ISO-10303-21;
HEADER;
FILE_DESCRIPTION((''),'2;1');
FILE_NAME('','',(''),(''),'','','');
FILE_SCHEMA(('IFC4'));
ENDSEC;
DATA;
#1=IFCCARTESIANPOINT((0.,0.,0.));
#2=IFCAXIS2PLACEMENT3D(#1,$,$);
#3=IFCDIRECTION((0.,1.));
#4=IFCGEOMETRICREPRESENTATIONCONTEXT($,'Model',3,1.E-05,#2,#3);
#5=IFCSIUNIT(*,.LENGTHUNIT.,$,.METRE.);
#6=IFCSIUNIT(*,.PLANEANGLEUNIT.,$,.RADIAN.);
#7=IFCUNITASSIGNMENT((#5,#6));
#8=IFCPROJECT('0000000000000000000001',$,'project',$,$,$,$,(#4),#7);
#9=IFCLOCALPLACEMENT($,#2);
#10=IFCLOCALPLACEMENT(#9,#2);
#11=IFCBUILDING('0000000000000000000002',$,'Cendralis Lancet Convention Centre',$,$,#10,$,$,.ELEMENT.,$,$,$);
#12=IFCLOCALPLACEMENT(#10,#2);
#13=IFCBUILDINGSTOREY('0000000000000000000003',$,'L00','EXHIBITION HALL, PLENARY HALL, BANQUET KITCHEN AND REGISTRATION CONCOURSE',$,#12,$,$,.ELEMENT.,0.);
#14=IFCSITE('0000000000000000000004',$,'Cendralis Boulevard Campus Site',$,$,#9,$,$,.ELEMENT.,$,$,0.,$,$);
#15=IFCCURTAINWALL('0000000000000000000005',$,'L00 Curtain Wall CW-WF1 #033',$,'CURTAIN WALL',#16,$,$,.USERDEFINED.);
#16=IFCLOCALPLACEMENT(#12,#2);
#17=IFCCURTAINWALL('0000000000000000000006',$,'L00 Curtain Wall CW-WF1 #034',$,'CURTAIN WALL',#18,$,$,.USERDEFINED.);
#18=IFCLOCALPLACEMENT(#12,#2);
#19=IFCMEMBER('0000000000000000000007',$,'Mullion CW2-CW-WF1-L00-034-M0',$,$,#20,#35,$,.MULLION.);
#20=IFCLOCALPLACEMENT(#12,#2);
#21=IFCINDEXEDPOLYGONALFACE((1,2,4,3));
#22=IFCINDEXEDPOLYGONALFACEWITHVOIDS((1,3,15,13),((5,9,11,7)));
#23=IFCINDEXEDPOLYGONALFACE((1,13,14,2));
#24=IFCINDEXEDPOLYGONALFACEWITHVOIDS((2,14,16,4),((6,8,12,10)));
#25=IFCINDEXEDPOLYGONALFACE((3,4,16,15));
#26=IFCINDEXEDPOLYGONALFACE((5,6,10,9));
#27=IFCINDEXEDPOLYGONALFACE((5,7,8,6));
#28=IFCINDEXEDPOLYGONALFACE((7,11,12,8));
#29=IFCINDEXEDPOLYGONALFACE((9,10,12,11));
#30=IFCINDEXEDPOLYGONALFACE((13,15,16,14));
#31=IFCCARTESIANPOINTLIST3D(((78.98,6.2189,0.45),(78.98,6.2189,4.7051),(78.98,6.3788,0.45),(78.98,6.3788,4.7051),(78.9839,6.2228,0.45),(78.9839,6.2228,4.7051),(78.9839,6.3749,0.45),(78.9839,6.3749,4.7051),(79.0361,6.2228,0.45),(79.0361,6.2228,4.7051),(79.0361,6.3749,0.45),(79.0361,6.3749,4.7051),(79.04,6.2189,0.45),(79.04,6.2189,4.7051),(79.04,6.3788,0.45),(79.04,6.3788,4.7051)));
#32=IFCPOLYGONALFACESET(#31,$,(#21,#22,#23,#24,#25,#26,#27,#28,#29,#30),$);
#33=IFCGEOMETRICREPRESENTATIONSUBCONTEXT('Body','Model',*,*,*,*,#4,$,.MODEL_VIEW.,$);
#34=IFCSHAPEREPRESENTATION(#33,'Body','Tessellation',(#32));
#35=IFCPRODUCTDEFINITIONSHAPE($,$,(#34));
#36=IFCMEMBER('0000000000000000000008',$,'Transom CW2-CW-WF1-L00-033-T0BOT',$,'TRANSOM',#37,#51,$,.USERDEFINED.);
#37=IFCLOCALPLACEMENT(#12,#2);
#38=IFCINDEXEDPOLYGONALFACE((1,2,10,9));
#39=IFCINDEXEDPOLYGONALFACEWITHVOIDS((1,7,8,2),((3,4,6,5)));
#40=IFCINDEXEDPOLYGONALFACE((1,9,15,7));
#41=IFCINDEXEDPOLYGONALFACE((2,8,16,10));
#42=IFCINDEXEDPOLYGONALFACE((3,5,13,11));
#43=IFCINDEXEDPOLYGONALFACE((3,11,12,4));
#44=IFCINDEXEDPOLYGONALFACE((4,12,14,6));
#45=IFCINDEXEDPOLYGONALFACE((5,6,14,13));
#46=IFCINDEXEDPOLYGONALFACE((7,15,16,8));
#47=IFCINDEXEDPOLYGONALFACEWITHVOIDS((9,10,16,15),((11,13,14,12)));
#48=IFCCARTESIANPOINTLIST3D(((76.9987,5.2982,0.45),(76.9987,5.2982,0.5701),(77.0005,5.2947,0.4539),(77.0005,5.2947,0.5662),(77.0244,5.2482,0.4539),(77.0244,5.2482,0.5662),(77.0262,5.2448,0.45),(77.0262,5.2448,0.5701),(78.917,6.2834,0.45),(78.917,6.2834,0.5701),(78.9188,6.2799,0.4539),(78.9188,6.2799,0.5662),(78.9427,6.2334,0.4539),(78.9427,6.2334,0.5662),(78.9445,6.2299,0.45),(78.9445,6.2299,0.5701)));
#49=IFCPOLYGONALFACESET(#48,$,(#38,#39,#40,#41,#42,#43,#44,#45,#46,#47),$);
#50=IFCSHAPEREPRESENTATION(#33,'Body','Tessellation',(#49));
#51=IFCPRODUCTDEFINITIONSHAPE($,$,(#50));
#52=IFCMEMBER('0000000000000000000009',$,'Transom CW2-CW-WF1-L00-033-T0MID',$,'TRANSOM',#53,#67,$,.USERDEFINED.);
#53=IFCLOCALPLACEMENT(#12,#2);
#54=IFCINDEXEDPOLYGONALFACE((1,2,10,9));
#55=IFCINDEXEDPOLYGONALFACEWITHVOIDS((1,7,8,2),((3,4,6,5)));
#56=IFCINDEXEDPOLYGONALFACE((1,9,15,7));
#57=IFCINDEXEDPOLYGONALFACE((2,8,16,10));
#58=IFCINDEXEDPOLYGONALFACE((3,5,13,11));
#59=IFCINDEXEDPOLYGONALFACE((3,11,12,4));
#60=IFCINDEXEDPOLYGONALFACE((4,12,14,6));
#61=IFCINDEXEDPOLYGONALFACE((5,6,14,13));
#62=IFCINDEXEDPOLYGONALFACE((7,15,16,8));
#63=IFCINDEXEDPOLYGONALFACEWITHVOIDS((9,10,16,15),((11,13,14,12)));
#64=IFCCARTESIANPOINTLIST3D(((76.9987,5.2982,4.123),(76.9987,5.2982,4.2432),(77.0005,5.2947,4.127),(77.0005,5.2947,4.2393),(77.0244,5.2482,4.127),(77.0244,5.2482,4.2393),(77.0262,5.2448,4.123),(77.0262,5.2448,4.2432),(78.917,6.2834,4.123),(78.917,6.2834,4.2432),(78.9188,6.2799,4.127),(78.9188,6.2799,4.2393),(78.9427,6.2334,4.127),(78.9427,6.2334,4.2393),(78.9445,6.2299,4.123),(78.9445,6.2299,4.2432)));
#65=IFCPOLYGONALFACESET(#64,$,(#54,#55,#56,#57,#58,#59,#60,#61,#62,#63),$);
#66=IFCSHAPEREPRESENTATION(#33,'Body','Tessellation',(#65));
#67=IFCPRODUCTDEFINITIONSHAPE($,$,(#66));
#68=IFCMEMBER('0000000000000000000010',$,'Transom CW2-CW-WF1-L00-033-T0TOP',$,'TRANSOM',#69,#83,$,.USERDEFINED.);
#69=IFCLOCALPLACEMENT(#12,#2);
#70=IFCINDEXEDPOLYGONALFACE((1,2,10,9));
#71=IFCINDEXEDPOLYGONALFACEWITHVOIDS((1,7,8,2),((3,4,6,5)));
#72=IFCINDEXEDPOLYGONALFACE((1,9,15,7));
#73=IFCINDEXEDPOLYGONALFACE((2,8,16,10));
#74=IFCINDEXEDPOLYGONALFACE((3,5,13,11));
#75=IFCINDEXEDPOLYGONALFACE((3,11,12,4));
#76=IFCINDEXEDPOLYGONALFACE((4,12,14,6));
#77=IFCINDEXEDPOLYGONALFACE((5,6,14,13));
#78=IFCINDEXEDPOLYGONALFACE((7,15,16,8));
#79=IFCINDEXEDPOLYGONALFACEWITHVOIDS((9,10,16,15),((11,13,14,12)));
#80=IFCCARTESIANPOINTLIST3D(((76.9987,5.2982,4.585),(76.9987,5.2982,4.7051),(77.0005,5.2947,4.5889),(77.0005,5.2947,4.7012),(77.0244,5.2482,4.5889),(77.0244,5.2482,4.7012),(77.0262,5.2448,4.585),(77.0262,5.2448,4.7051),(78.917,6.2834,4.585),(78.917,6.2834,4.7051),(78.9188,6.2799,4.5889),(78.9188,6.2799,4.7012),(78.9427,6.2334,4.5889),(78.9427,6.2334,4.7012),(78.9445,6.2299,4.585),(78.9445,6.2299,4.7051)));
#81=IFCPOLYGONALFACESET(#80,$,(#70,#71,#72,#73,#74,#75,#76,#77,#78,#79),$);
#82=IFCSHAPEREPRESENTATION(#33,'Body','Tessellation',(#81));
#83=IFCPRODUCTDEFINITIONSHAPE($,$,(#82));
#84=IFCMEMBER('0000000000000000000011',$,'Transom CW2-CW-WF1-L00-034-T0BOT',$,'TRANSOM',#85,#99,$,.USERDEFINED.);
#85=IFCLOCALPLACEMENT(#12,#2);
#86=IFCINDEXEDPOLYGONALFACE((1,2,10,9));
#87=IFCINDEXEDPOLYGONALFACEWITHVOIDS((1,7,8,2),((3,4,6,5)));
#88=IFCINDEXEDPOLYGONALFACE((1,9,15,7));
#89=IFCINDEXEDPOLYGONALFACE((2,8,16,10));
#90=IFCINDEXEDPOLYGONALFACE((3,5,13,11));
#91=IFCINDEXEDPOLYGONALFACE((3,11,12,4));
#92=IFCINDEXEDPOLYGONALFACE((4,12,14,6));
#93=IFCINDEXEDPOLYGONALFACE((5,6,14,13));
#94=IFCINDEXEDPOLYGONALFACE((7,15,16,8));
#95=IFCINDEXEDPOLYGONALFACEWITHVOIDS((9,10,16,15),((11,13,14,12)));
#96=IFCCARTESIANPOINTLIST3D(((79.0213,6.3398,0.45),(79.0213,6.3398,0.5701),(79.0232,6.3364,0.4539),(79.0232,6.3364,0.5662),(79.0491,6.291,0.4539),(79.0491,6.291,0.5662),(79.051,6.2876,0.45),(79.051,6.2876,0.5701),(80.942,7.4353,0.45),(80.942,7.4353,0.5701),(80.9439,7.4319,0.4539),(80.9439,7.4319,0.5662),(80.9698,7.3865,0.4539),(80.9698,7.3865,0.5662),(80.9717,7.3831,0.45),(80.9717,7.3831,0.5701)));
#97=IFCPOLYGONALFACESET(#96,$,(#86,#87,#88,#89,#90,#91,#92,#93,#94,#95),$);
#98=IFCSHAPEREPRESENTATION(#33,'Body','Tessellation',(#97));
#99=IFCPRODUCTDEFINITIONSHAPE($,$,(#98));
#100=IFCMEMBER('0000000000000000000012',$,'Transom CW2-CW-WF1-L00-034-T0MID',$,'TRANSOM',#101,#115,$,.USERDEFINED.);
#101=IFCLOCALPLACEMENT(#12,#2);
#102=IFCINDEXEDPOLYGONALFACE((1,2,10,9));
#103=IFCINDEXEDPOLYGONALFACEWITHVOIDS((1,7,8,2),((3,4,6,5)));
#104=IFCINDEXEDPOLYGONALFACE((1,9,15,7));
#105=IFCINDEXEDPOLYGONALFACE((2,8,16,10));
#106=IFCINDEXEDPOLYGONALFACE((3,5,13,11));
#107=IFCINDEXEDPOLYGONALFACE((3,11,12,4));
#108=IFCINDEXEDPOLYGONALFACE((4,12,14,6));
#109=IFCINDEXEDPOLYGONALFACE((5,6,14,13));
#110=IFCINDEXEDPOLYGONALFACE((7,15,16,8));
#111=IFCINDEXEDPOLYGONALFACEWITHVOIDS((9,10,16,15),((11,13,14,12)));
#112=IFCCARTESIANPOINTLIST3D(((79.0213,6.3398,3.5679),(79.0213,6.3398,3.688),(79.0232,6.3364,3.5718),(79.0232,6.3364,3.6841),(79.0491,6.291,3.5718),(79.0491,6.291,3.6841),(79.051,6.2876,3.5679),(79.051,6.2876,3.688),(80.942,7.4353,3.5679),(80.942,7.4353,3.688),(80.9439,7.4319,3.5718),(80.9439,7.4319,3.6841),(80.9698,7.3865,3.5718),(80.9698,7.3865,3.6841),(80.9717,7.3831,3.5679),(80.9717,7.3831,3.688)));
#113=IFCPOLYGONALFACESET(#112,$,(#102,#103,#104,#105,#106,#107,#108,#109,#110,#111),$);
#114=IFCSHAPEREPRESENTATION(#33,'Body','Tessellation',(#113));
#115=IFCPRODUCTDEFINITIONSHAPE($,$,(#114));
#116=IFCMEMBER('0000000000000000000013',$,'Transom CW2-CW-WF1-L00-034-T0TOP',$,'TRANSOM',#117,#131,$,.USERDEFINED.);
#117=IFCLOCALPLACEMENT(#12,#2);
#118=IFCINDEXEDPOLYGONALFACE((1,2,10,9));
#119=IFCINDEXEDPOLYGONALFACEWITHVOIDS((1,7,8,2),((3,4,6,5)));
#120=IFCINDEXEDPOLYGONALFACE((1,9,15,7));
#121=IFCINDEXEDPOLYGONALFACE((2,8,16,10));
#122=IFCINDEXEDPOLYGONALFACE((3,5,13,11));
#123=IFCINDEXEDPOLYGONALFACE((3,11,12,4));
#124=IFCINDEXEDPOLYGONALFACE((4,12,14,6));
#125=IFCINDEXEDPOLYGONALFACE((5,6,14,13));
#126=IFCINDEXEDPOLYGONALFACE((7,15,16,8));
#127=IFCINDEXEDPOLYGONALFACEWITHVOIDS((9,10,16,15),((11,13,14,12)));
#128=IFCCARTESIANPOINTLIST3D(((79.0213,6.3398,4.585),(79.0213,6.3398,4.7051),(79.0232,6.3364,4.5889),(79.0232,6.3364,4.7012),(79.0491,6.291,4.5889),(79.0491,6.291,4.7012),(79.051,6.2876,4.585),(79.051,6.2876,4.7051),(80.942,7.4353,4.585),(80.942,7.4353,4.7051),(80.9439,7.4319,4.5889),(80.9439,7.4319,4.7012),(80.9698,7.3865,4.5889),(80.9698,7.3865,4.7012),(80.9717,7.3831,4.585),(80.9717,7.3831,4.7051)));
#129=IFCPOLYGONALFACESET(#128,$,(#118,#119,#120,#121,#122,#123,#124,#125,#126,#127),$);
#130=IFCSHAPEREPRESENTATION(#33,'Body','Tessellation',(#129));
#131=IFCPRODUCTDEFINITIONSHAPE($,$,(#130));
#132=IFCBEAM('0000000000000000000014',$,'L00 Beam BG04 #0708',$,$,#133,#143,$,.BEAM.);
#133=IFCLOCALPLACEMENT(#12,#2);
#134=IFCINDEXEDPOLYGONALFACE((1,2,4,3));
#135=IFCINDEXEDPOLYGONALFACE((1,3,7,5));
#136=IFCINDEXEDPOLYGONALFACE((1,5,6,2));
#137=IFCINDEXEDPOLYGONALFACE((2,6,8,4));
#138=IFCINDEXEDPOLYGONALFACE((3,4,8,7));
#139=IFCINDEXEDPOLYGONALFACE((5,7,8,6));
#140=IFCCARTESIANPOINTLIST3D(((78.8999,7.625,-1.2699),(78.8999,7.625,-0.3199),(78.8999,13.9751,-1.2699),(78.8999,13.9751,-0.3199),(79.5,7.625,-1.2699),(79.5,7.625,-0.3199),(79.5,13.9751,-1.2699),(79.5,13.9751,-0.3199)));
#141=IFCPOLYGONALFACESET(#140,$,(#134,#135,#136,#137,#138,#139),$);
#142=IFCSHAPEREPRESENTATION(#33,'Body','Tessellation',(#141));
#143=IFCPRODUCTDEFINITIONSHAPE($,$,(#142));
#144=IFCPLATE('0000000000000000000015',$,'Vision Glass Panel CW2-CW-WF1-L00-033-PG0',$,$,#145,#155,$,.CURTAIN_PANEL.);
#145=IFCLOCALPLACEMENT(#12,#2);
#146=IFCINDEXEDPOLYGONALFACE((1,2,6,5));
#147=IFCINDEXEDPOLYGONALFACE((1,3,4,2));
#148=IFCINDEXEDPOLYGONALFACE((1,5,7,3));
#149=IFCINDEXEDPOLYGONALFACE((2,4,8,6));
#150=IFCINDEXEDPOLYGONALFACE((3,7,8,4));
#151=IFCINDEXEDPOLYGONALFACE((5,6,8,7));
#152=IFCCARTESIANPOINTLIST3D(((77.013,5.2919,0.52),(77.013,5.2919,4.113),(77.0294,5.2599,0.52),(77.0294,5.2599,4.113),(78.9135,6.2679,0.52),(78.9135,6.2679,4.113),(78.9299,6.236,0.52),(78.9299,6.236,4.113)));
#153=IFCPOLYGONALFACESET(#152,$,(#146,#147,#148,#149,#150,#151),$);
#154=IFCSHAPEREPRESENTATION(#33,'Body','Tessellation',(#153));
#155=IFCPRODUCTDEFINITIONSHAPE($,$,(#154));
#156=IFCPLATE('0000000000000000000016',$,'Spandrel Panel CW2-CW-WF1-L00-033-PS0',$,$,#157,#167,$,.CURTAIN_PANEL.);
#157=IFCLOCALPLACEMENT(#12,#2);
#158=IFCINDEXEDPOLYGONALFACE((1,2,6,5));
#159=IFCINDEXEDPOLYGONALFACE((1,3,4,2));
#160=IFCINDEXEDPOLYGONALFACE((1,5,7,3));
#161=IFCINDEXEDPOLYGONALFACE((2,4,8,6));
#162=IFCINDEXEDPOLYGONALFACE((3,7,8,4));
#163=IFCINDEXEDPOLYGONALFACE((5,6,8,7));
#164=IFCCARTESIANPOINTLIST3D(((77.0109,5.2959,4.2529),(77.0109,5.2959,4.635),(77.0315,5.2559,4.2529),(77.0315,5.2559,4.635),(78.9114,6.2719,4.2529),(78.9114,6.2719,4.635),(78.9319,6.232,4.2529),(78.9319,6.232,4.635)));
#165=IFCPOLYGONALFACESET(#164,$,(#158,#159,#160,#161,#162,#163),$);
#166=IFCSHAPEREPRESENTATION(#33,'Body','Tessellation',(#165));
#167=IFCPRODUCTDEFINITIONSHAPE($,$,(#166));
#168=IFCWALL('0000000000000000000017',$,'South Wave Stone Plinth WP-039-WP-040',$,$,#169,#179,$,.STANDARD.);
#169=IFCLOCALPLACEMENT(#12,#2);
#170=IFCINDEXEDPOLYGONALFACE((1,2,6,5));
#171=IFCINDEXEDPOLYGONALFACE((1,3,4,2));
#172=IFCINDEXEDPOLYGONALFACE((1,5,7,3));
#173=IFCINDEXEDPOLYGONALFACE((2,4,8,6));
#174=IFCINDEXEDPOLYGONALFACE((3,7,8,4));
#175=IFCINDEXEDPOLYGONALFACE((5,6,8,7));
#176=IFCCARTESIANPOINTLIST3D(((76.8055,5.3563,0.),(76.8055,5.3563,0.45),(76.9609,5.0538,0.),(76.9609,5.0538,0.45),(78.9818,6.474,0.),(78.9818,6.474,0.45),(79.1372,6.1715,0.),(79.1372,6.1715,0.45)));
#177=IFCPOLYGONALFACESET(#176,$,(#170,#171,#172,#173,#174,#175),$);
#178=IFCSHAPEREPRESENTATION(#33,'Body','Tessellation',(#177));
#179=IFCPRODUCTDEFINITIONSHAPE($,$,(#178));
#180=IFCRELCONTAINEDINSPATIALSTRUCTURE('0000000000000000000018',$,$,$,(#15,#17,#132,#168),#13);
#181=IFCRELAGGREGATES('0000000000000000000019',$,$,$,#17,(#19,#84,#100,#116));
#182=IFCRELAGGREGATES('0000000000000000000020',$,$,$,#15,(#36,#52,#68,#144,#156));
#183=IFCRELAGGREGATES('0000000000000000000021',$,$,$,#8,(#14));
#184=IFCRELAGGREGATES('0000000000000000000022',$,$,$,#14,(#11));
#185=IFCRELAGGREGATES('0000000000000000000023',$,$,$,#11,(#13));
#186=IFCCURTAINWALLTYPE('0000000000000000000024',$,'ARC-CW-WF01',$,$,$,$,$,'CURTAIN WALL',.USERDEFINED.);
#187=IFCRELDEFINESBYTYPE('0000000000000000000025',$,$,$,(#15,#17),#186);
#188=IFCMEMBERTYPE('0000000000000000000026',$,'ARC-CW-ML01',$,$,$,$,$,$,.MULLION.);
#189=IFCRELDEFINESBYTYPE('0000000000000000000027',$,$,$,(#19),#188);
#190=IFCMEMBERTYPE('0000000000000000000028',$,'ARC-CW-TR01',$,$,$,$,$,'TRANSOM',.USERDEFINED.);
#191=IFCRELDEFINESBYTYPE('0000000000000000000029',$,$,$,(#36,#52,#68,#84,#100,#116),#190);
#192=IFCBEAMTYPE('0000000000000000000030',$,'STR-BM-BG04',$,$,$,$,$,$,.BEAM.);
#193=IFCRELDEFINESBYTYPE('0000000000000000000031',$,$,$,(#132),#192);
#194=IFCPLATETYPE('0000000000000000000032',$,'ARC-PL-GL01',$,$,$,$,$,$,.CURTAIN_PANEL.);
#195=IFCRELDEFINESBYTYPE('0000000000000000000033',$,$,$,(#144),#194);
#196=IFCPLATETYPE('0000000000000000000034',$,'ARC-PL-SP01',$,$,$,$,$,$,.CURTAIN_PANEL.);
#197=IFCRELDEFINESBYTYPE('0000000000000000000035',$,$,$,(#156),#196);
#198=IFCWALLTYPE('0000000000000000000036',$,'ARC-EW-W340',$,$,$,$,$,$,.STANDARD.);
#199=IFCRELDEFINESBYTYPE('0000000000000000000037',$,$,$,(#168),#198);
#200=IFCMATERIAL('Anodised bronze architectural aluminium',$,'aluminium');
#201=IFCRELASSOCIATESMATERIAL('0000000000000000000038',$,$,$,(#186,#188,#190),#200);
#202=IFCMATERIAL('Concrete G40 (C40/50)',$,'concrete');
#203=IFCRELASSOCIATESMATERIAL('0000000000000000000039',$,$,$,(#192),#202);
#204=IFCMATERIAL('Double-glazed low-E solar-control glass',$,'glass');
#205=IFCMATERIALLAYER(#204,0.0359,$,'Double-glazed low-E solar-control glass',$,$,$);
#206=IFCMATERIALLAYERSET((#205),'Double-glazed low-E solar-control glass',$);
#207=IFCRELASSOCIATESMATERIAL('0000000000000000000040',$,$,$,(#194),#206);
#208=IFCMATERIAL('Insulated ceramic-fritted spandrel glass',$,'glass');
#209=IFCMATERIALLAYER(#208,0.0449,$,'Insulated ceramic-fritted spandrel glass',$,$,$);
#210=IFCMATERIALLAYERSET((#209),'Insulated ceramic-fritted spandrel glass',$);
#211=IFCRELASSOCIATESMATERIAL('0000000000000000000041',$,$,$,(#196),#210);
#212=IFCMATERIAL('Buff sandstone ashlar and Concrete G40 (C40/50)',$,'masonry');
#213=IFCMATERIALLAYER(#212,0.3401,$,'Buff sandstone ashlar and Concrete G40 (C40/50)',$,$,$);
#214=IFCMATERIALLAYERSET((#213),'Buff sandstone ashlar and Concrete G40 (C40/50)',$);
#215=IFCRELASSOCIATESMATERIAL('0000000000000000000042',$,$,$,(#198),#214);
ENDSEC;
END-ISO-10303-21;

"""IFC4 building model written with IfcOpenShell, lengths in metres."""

from ifc_helpers import new_model, si_unit, direction, frame, frame_2d, origin, origin_2d, place, context, subcontext, project, spatial, rectangle, hollow_rectangle, extrude, material, layer, layer_set, material_profile, profile_set, type_object, element, aggregate, save


model = new_model("IFC4")

# Units and contexts
model_context = context("Model", 3, precision=1e-05, world=origin(), true_north=direction((0.0, 1.0)))
body_context = subcontext(model_context, "Body", "Model", "MODEL_VIEW")
ifc_project = project(units=[si_unit("LENGTHUNIT", "METRE"), si_unit("PLANEANGLEUNIT", "RADIAN")], contexts=[model_context])

# Site, building, storey
site_placement = place(None, origin())
site = spatial("IfcSite", under=ifc_project, at=site_placement, Name="Cendralis Boulevard Campus Site", CompositionType="ELEMENT", RefElevation=0.0)
building_placement = place(site_placement, origin())
building = spatial("IfcBuilding", under=site, at=building_placement, Name="Cendralis Lancet Convention Centre", CompositionType="ELEMENT")
storey_placement = place(building_placement, origin())
storey = spatial("IfcBuildingStorey", under=building, at=storey_placement, Name="L00", Description="EXHIBITION HALL, PLENARY HALL, BANQUET KITCHEN AND REGISTRATION CONCOURSE", CompositionType="ELEMENT", Elevation=0.0)

# Shared definitions
ifc_material_1 = material(Name="Concrete G40 (C40/50)", Category="concrete")

# Curtain wall
ifc_material_2 = material(Name="Anodised bronze architectural aluminium", Category="aluminium")
curtain_wall_type = type_object("IfcCurtainWallType", Name="ARC-CW-WF01", ElementType="CURTAIN WALL", PredefinedType="USERDEFINED", material=ifc_material_2)
curtain_wall_1_placement = place(storey_placement, origin())
curtain_wall_1 = element("IfcCurtainWall", 1, at=curtain_wall_1_placement, inside=storey, type_object=curtain_wall_type, Name="L00 Curtain Wall CW-WF1 #033", ObjectType="CURTAIN WALL", PredefinedType="USERDEFINED")
ifc_material_profile_1 = material_profile(ifc_material_2, hollow_rectangle(XDim=0.0601, YDim=0.1599, WallThickness=0.0039, at=origin_2d()), Name="AL-MULL 60x160x4.0")
ifc_profile_set_1 = profile_set([ifc_material_profile_1], Name="Anodised bronze architectural aluminium")
member_type_1 = type_object("IfcMemberType", Name="ARC-CW-ML01", PredefinedType="MULLION", material=ifc_profile_set_1)

# Curtain wall, member
curtain_wall_2_placement = place(storey_placement, origin())
curtain_wall_2 = element("IfcCurtainWall", 2, at=curtain_wall_2_placement, inside=storey, type_object=curtain_wall_type, Name="L00 Curtain Wall CW-WF1 #034", ObjectType="CURTAIN WALL", PredefinedType="USERDEFINED")
member_1_placement = place(storey_placement, frame((79.01, 6.2988, 0.45), z_axis=(0.0, 0.0, 1.0), x_axis=(1.0, 0.0, 0.0)))
member_1 = element("IfcMember", 3, at=member_1_placement, type_object=member_type_1, Name="Mullion CW2-CW-WF1-L00-034-M0", PredefinedType="MULLION", context=body_context, shape_type="SweptSolid", body=[
    extrude(hollow_rectangle(XDim=0.0601, YDim=0.1599, WallThickness=0.0039, at=origin_2d()), origin(), (0.0, 0.0, 1.0), 4.2551),
])

# Members
ifc_material_profile_2 = material_profile(ifc_material_2, hollow_rectangle(XDim=0.0601, YDim=0.1201, WallThickness=0.0039, at=origin_2d()), Name="AL-TRAN 60x120x4.0")
ifc_profile_set_2 = profile_set([ifc_material_profile_2], Name="Anodised bronze architectural aluminium")
member_type_2 = type_object("IfcMemberType", Name="ARC-CW-TR01", ElementType="TRANSOM", PredefinedType="USERDEFINED", material=ifc_profile_set_2)
member_2_placement = place(storey_placement, frame((77.0125, 5.2715, 0.51), z_axis=(0.889552, 0.456834, 0.0), x_axis=(-0.456834, 0.889552, 0.0)))
member_2 = element("IfcMember", 4, at=member_2_placement, type_object=member_type_2, Name="Transom CW2-CW-WF1-L00-033-T0BOT", ObjectType="TRANSOM", PredefinedType="USERDEFINED", context=body_context, shape_type="SweptSolid", body=[
    extrude(hollow_rectangle(XDim=0.0601, YDim=0.1201, WallThickness=0.0039, at=origin_2d()), origin(), (0.0, 0.0, 1.0), 2.1565),
])
member_3_placement = place(storey_placement, frame((77.0125, 5.2715, 4.1831), z_axis=(0.889552, 0.456834, 0.0), x_axis=(-0.456834, 0.889552, 0.0)))
member_3 = element("IfcMember", 5, at=member_3_placement, type_object=member_type_2, Name="Transom CW2-CW-WF1-L00-033-T0MID", ObjectType="TRANSOM", PredefinedType="USERDEFINED", context=body_context, shape_type="SweptSolid", body=[
    extrude(hollow_rectangle(XDim=0.0601, YDim=0.1201, WallThickness=0.0039, at=origin_2d()), origin(), (0.0, 0.0, 1.0), 2.1565),
])
member_4_placement = place(storey_placement, frame((77.0125, 5.2715, 4.645), z_axis=(0.889552, 0.456834, 0.0), x_axis=(-0.456834, 0.889552, 0.0)))
member_4 = element("IfcMember", 6, at=member_4_placement, type_object=member_type_2, Name="Transom CW2-CW-WF1-L00-033-T0TOP", ObjectType="TRANSOM", PredefinedType="USERDEFINED", context=body_context, shape_type="SweptSolid", body=[
    extrude(hollow_rectangle(XDim=0.0601, YDim=0.1201, WallThickness=0.0039, at=origin_2d()), origin(), (0.0, 0.0, 1.0), 2.1565),
])
member_5_placement = place(storey_placement, frame((79.0361, 6.3137, 0.51), z_axis=(0.868644, 0.495437, 0.0), x_axis=(-0.495437, 0.868644, 0.0)))
member_5 = element("IfcMember", 7, at=member_5_placement, type_object=member_type_2, Name="Transom CW2-CW-WF1-L00-034-T0BOT", ObjectType="TRANSOM", PredefinedType="USERDEFINED", context=body_context, shape_type="SweptSolid", body=[
    extrude(hollow_rectangle(XDim=0.0601, YDim=0.1201, WallThickness=0.0039, at=origin_2d()), origin(), (0.0, 0.0, 1.0), 2.2112),
])
member_6_placement = place(storey_placement, frame((79.0361, 6.3137, 3.6279), z_axis=(0.868644, 0.495437, 0.0), x_axis=(-0.495437, 0.868644, 0.0)))
member_6 = element("IfcMember", 8, at=member_6_placement, type_object=member_type_2, Name="Transom CW2-CW-WF1-L00-034-T0MID", ObjectType="TRANSOM", PredefinedType="USERDEFINED", context=body_context, shape_type="SweptSolid", body=[
    extrude(hollow_rectangle(XDim=0.0601, YDim=0.1201, WallThickness=0.0039, at=origin_2d()), origin(), (0.0, 0.0, 1.0), 2.2112),
])
member_7_placement = place(storey_placement, frame((79.0361, 6.3137, 4.645), z_axis=(0.868644, 0.495437, 0.0), x_axis=(-0.495437, 0.868644, 0.0)))
member_7 = element("IfcMember", 9, at=member_7_placement, type_object=member_type_2, Name="Transom CW2-CW-WF1-L00-034-T0TOP", ObjectType="TRANSOM", PredefinedType="USERDEFINED", context=body_context, shape_type="SweptSolid", body=[
    extrude(hollow_rectangle(XDim=0.0601, YDim=0.1201, WallThickness=0.0039, at=origin_2d()), origin(), (0.0, 0.0, 1.0), 2.2112),
])
aggregate(curtain_wall_2, [member_1, member_5, member_6, member_7])

# Beam
ifc_material_profile_3 = material_profile(ifc_material_1, rectangle(XDim=0.6001, YDim=0.95, at=origin_2d()), Name="RCB 600x950")
ifc_profile_set_3 = profile_set([ifc_material_profile_3], Name="Concrete G40 (C40/50)")
beam_type = type_object("IfcBeamType", Name="STR-BM-BG04", PredefinedType="BEAM", material=ifc_profile_set_3)
beam_placement = place(storey_placement, frame((79.2, 7.625, -0.7949), z_axis=(0.0, 1.0, 0.0), x_axis=(-1.0, 0.0, 0.0)))
element("IfcBeam", 10, at=beam_placement, inside=storey, type_object=beam_type, Name="L00 Beam BG04 #0708", PredefinedType="BEAM", context=body_context, shape_type="SweptSolid", body=[
    extrude(rectangle(XDim=0.6001, YDim=0.95, at=origin_2d()), origin(), (0.0, 0.0, 1.0), 6.3501),
])

# Plates
ifc_material_3 = material(Name="Double-glazed low-E solar-control glass", Category="glass")
ifc_layer_1 = layer(ifc_material_3, 0.0359, Name="Double-glazed low-E solar-control glass")
ifc_layer_set_1 = layer_set([ifc_layer_1], Name="Double-glazed low-E solar-control glass")
plate_type_1 = type_object("IfcPlateType", Name="ARC-PL-GL01", PredefinedType="CURTAIN_PANEL", material=ifc_layer_set_1)
plate_1_placement = place(storey_placement, frame((77.9714, 5.7639, 0.52), z_axis=(0.0, 0.0, 1.0), x_axis=(0.889543, 0.456852, 0.0)))
plate_1 = element("IfcPlate", 11, at=plate_1_placement, type_object=plate_type_1, Name="Vision Glass Panel CW2-CW-WF1-L00-033-PG0", PredefinedType="CURTAIN_PANEL", context=body_context, shape_type="SweptSolid", body=[
    extrude(rectangle(XDim=2.1365, YDim=0.0359, at=origin_2d()), origin(), (0.0, 0.0, 1.0), 3.593),
])
ifc_material_4 = material(Name="Insulated ceramic-fritted spandrel glass", Category="glass")
ifc_layer_2 = layer(ifc_material_4, 0.0449, Name="Insulated ceramic-fritted spandrel glass")
ifc_layer_set_2 = layer_set([ifc_layer_2], Name="Insulated ceramic-fritted spandrel glass")
plate_type_2 = type_object("IfcPlateType", Name="ARC-PL-SP01", PredefinedType="CURTAIN_PANEL", material=ifc_layer_set_2)
plate_2_placement = place(storey_placement, frame((77.9714, 5.7639, 4.2529), z_axis=(0.0, 0.0, 1.0), x_axis=(0.889543, 0.456852, 0.0)))
plate_2 = element("IfcPlate", 12, at=plate_2_placement, type_object=plate_type_2, Name="Spandrel Panel CW2-CW-WF1-L00-033-PS0", PredefinedType="CURTAIN_PANEL", context=body_context, shape_type="SweptSolid", body=[
    extrude(rectangle(XDim=2.1365, YDim=0.0449, at=origin_2d()), origin(), (0.0, 0.0, 1.0), 0.3821),
])
aggregate(curtain_wall_1, [member_2, member_3, member_4, plate_1, plate_2])

# Wall
ifc_material_5 = material(Name="Buff sandstone ashlar and Concrete G40 (C40/50)", Category="masonry")
ifc_layer_3 = layer(ifc_material_5, 0.3401, Name="Buff sandstone ashlar and Concrete G40 (C40/50)")
ifc_layer_set_3 = layer_set([ifc_layer_3], Name="Buff sandstone ashlar and Concrete G40 (C40/50)")
wall_type = type_object("IfcWallType", Name="ARC-EW-W340", PredefinedType="STANDARD", material=ifc_layer_set_3)
wall_1_placement = place(storey_placement, frame((76.8833, 5.2051, 0.0), z_axis=(0.0, 0.0, 1.0), x_axis=(0.889545, 0.456847, 0.0)))
element("IfcWall", 13, at=wall_1_placement, inside=storey, type_object=wall_type, Name="South Wave Stone Plinth WP-039-WP-040", PredefinedType="STANDARD", context=body_context, shape_type="SweptSolid", body=[
    extrude(rectangle(XDim=2.4465, YDim=0.3401, at=frame_2d((1.2231, 0.0))), origin(), (0.0, 0.0, 1.0), 0.45),
])

save(model, "model.ifc")
